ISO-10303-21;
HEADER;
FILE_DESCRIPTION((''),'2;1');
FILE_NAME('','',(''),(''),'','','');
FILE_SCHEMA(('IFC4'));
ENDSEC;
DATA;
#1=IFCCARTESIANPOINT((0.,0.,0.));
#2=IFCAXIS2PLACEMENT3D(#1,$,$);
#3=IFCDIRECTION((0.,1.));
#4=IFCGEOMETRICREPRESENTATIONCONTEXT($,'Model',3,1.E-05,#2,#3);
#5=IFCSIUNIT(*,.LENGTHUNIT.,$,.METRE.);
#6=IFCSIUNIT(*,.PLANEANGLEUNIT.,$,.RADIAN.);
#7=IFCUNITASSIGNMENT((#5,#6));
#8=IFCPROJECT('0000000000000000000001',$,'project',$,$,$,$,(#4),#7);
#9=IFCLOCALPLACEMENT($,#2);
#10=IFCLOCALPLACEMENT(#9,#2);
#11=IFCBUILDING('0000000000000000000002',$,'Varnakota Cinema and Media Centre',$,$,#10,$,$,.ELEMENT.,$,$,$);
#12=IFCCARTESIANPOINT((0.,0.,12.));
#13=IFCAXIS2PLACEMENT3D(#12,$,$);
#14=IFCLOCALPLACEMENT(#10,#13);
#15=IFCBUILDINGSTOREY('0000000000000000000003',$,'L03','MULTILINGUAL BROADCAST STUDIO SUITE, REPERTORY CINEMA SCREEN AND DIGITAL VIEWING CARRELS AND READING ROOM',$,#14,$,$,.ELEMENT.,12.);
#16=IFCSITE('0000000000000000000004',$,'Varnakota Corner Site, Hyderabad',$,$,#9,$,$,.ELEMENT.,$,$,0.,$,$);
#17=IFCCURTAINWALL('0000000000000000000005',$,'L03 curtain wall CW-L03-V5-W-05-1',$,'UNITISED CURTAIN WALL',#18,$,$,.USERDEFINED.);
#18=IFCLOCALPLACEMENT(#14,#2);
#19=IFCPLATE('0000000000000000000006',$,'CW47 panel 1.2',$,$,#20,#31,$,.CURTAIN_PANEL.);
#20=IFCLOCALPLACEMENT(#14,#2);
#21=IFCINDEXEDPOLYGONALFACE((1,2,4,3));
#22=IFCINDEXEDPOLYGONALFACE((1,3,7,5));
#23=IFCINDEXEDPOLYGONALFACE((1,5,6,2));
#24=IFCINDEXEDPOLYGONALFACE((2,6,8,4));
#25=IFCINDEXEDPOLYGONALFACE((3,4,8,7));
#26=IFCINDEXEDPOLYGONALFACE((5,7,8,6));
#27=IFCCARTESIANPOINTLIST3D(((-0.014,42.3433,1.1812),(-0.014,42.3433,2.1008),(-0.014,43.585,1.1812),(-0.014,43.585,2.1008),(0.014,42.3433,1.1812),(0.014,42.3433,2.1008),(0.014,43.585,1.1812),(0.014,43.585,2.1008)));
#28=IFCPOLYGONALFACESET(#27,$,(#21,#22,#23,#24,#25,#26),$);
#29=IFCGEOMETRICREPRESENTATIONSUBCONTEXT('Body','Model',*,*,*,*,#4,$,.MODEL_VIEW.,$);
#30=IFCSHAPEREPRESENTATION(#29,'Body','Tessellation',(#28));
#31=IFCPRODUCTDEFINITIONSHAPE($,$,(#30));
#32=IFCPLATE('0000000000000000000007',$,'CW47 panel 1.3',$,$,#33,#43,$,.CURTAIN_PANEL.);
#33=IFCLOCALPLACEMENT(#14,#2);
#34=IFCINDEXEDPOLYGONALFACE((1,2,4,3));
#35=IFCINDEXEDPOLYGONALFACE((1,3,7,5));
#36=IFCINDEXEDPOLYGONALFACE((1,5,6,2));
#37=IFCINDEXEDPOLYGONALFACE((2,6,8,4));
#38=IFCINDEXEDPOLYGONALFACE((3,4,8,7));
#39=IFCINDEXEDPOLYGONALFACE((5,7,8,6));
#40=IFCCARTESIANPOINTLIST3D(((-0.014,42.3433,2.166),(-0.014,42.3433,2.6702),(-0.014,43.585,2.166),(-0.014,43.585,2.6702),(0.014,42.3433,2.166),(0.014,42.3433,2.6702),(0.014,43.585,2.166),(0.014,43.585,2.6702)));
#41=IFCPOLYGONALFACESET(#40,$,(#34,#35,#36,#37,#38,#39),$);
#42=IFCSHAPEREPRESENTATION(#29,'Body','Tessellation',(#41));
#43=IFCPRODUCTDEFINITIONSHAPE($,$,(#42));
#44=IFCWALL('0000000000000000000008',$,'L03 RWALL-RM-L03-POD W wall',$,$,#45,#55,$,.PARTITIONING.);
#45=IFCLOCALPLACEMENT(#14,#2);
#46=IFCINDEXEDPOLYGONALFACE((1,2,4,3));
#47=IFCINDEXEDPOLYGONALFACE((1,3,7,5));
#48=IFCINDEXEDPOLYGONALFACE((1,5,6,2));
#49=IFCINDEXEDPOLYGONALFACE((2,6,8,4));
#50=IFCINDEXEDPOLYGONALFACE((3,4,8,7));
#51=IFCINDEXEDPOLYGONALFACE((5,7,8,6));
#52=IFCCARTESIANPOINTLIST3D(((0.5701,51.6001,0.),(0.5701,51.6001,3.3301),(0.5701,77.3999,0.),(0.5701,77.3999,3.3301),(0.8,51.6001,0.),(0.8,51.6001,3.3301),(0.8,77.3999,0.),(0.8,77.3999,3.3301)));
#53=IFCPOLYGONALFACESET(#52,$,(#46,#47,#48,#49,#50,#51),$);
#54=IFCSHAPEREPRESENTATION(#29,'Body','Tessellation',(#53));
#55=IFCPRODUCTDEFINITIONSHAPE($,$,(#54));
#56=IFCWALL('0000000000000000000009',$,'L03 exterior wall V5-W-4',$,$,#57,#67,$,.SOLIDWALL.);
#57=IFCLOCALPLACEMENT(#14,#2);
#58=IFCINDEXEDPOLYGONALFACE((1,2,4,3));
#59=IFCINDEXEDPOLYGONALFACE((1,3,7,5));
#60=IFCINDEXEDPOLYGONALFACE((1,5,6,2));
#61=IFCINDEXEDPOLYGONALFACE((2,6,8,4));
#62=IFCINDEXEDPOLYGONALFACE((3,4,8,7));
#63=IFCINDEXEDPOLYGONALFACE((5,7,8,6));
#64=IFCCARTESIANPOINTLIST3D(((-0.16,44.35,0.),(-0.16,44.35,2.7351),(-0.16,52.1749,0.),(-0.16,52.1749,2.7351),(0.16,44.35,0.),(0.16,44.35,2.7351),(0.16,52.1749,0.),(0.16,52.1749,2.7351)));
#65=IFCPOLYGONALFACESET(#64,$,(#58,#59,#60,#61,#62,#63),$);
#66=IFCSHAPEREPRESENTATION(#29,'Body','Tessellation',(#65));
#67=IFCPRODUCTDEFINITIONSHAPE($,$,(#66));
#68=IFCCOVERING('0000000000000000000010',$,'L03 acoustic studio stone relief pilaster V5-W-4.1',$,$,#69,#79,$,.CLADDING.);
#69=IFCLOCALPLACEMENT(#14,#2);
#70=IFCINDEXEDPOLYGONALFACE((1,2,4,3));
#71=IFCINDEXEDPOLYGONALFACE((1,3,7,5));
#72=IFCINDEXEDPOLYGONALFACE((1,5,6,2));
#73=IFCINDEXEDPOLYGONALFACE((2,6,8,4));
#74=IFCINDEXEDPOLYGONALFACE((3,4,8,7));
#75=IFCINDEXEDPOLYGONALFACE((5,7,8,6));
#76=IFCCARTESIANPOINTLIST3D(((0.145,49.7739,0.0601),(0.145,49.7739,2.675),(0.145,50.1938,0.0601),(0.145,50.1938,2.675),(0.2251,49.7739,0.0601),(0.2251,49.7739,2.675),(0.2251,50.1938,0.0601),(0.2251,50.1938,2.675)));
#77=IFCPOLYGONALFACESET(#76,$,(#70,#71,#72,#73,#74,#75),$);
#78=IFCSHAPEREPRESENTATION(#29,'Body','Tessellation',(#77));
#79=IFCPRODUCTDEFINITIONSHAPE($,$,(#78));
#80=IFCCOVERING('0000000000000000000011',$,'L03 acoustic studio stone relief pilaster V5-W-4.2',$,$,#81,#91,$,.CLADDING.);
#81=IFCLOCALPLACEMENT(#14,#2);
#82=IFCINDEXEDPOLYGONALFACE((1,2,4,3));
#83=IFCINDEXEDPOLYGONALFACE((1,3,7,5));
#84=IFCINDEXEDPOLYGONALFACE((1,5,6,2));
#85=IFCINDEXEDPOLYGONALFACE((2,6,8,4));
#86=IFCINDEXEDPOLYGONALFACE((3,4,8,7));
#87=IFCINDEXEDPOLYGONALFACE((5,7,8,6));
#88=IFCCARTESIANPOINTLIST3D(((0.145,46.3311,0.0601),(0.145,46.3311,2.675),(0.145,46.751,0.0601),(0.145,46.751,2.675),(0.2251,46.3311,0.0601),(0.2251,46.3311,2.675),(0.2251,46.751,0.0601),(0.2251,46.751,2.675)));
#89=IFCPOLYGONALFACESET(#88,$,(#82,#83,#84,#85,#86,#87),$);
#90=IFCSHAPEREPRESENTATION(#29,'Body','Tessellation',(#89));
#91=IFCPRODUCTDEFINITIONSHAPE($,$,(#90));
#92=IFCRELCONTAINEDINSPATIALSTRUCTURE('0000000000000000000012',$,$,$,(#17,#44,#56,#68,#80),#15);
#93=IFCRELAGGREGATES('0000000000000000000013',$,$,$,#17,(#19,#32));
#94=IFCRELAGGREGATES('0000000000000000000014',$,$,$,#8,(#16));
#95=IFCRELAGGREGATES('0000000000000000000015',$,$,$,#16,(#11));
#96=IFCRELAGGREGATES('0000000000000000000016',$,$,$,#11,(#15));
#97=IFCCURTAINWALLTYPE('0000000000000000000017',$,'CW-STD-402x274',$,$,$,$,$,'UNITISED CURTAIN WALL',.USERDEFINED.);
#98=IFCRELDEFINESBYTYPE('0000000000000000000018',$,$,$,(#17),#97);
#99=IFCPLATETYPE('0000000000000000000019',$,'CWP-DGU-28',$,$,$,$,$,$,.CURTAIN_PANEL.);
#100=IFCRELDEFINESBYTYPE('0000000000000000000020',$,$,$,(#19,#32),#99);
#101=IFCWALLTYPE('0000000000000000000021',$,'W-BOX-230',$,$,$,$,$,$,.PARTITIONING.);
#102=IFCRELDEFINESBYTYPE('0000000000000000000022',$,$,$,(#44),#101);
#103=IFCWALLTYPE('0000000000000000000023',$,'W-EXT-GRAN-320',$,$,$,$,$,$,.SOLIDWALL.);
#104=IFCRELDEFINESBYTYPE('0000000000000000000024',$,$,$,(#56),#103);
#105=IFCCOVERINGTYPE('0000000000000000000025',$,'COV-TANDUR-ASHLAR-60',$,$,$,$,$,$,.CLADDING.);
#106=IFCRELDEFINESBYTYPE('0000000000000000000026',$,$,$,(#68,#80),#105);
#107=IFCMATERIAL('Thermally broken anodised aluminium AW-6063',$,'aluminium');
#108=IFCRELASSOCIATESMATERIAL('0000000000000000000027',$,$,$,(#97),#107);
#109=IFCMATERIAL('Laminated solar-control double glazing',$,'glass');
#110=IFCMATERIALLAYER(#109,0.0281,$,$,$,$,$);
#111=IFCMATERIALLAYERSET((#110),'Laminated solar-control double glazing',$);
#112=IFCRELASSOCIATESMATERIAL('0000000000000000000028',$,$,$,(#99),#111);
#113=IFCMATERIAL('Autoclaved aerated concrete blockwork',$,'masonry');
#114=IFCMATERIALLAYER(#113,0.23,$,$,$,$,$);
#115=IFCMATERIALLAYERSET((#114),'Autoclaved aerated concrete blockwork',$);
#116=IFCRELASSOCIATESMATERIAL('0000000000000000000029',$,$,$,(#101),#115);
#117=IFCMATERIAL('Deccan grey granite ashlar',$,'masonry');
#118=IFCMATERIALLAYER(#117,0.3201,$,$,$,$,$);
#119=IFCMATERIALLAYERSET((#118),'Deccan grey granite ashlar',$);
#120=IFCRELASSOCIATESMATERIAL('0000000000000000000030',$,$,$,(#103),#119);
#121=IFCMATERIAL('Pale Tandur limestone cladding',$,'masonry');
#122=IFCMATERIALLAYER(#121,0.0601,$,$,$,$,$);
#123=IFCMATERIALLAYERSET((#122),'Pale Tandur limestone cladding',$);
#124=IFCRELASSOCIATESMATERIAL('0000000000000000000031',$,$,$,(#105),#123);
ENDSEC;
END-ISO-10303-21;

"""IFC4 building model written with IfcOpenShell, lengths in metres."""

from ifc_helpers import new_model, si_unit, direction, frame, frame_2d, origin, origin_2d, place, context, subcontext, project, spatial, rectangle, extrude, material, layer, layer_set, type_object, element, aggregate, save


model = new_model("IFC4")

# Units and contexts
model_context = context("Model", 3, precision=1e-05, world=origin(), true_north=direction((0.0, 1.0)))
body_context = subcontext(model_context, "Body", "Model", "MODEL_VIEW")
ifc_project = project(units=[si_unit("LENGTHUNIT", "METRE"), si_unit("PLANEANGLEUNIT", "RADIAN")], contexts=[model_context])

# Site, building, storey
site_placement = place(None, origin())
site = spatial("IfcSite", under=ifc_project, at=site_placement, Name="Varnakota Corner Site, Hyderabad", CompositionType="ELEMENT", RefElevation=0.0)
building_placement = place(site_placement, origin())
building = spatial("IfcBuilding", under=site, at=building_placement, Name="Varnakota Cinema and Media Centre", CompositionType="ELEMENT")
storey_placement = place(building_placement, frame((0.0, 0.0, 12.0)))
storey = spatial("IfcBuildingStorey", under=building, at=storey_placement, Name="L03", Description="MULTILINGUAL BROADCAST STUDIO SUITE, REPERTORY CINEMA SCREEN AND DIGITAL VIEWING CARRELS AND READING ROOM", CompositionType="ELEMENT", Elevation=12.0)

# Curtain wall
ifc_material_1 = material(Name="Thermally broken anodised aluminium AW-6063", Category="aluminium")
curtain_wall_type_1 = type_object("IfcCurtainWallType", Name="CW-STD-402x274", ElementType="UNITISED CURTAIN WALL", PredefinedType="USERDEFINED", material=ifc_material_1)
curtain_wall_1_placement = place(storey_placement, origin())
curtain_wall_1 = element("IfcCurtainWall", 1, at=curtain_wall_1_placement, inside=storey, type_object=curtain_wall_type_1, Name="L03 curtain wall CW-L03-V5-W-05-1", ObjectType="UNITISED CURTAIN WALL", PredefinedType="USERDEFINED")

# Plates
ifc_material_2 = material(Name="Laminated solar-control double glazing", Category="glass")
ifc_layer_1 = layer(ifc_material_2, 0.0281)
ifc_layer_set_1 = layer_set([ifc_layer_1], Name="Laminated solar-control double glazing")
plate_type = type_object("IfcPlateType", Name="CWP-DGU-28", PredefinedType="CURTAIN_PANEL", material=ifc_layer_set_1)
plate_1_placement = place(storey_placement, frame((0.0, 42.9641, 1.1812), z_axis=(0.0, 0.0, 1.0), x_axis=(0.0, -1.0, 0.0)))
plate_1 = element("IfcPlate", 2, at=plate_1_placement, type_object=plate_type, Name="CW47 panel 1.2", PredefinedType="CURTAIN_PANEL", context=body_context, shape_type="SweptSolid", body=[
    extrude(rectangle(XDim=1.2417, YDim=0.0281, at=origin_2d()), origin(), (0.0, 0.0, 1.0), 0.9197),
])
plate_2_placement = place(storey_placement, frame((0.0, 42.9641, 2.166), z_axis=(0.0, 0.0, 1.0), x_axis=(0.0, -1.0, 0.0)))
plate_2 = element("IfcPlate", 3, at=plate_2_placement, type_object=plate_type, Name="CW47 panel 1.3", PredefinedType="CURTAIN_PANEL", context=body_context, shape_type="SweptSolid", body=[
    extrude(rectangle(XDim=1.2417, YDim=0.0281, at=origin_2d()), origin(), (0.0, 0.0, 1.0), 0.5042),
])
aggregate(curtain_wall_1, [plate_1, plate_2])

# Walls
ifc_material_3 = material(Name="Autoclaved aerated concrete blockwork", Category="masonry")
ifc_layer_2 = layer(ifc_material_3, 0.23)
ifc_layer_set_2 = layer_set([ifc_layer_2], Name="Autoclaved aerated concrete blockwork")
wall_type_1 = type_object("IfcWallType", Name="W-BOX-230", PredefinedType="PARTITIONING", material=ifc_layer_set_2)
wall_1_placement = place(storey_placement, frame((0.6851, 51.6001, 0.0), z_axis=(0.0, 0.0, 1.0), x_axis=(0.0, 1.0, 0.0)))
element("IfcWall", 4, at=wall_1_placement, inside=storey, type_object=wall_type_1, Name="L03 RWALL-RM-L03-POD W wall", PredefinedType="PARTITIONING", context=body_context, shape_type="SweptSolid", body=[
    extrude(rectangle(XDim=25.7998, YDim=0.23, at=frame_2d((12.8999, 0.0))), origin(), (0.0, 0.0, 1.0), 3.3301),
])
ifc_material_4 = material(Name="Deccan grey granite ashlar", Category="masonry")
ifc_layer_3 = layer(ifc_material_4, 0.3201)
ifc_layer_set_3 = layer_set([ifc_layer_3], Name="Deccan grey granite ashlar")
wall_type_2 = type_object("IfcWallType", Name="W-EXT-GRAN-320", PredefinedType="SOLIDWALL", material=ifc_layer_set_3)
wall_2_placement = place(storey_placement, frame((0.0, 52.175, 0.0), z_axis=(0.0, 0.0, 1.0), x_axis=(0.0, -1.0, 0.0)))
element("IfcWall", 5, at=wall_2_placement, inside=storey, type_object=wall_type_2, Name="L03 exterior wall V5-W-4", PredefinedType="SOLIDWALL", context=body_context, shape_type="SweptSolid", body=[
    extrude(rectangle(XDim=7.825, YDim=0.3201, at=frame_2d((3.9126, 0.0))), origin(), (0.0, 0.0, 1.0), 2.7351),
])

# Coverings
ifc_material_5 = material(Name="Pale Tandur limestone cladding", Category="masonry")
ifc_layer_4 = layer(ifc_material_5, 0.0601)
ifc_layer_set_4 = layer_set([ifc_layer_4], Name="Pale Tandur limestone cladding")
covering_type = type_object("IfcCoveringType", Name="COV-TANDUR-ASHLAR-60", PredefinedType="CLADDING", material=ifc_layer_set_4)
for number, where, z_axis, x_axis, name in (
    (6, (0.1851, 49.9839, 0.0601), (0.0, 0.0, 1.0), (0.0, -1.0, 0.0), "L03 acoustic studio stone relief pilaster V5-W-4.1"),
    (7, (0.1851, 46.541, 0.0601), (0.0, 0.0, 1.0), (0.0, -1.0, 0.0), "L03 acoustic studio stone relief pilaster V5-W-4.2"),
):
    element("IfcCovering", number, at=place(storey_placement, frame(where, z_axis=z_axis, x_axis=x_axis)), inside=storey, type_object=covering_type, Name=name, PredefinedType="CLADDING", context=body_context, shape_type="SweptSolid", body=[
        extrude(rectangle(XDim=0.4199, YDim=0.0801, at=origin_2d()), origin(), (0.0, 0.0, 1.0), 2.615),
    ])

save(model, "model.ifc")
